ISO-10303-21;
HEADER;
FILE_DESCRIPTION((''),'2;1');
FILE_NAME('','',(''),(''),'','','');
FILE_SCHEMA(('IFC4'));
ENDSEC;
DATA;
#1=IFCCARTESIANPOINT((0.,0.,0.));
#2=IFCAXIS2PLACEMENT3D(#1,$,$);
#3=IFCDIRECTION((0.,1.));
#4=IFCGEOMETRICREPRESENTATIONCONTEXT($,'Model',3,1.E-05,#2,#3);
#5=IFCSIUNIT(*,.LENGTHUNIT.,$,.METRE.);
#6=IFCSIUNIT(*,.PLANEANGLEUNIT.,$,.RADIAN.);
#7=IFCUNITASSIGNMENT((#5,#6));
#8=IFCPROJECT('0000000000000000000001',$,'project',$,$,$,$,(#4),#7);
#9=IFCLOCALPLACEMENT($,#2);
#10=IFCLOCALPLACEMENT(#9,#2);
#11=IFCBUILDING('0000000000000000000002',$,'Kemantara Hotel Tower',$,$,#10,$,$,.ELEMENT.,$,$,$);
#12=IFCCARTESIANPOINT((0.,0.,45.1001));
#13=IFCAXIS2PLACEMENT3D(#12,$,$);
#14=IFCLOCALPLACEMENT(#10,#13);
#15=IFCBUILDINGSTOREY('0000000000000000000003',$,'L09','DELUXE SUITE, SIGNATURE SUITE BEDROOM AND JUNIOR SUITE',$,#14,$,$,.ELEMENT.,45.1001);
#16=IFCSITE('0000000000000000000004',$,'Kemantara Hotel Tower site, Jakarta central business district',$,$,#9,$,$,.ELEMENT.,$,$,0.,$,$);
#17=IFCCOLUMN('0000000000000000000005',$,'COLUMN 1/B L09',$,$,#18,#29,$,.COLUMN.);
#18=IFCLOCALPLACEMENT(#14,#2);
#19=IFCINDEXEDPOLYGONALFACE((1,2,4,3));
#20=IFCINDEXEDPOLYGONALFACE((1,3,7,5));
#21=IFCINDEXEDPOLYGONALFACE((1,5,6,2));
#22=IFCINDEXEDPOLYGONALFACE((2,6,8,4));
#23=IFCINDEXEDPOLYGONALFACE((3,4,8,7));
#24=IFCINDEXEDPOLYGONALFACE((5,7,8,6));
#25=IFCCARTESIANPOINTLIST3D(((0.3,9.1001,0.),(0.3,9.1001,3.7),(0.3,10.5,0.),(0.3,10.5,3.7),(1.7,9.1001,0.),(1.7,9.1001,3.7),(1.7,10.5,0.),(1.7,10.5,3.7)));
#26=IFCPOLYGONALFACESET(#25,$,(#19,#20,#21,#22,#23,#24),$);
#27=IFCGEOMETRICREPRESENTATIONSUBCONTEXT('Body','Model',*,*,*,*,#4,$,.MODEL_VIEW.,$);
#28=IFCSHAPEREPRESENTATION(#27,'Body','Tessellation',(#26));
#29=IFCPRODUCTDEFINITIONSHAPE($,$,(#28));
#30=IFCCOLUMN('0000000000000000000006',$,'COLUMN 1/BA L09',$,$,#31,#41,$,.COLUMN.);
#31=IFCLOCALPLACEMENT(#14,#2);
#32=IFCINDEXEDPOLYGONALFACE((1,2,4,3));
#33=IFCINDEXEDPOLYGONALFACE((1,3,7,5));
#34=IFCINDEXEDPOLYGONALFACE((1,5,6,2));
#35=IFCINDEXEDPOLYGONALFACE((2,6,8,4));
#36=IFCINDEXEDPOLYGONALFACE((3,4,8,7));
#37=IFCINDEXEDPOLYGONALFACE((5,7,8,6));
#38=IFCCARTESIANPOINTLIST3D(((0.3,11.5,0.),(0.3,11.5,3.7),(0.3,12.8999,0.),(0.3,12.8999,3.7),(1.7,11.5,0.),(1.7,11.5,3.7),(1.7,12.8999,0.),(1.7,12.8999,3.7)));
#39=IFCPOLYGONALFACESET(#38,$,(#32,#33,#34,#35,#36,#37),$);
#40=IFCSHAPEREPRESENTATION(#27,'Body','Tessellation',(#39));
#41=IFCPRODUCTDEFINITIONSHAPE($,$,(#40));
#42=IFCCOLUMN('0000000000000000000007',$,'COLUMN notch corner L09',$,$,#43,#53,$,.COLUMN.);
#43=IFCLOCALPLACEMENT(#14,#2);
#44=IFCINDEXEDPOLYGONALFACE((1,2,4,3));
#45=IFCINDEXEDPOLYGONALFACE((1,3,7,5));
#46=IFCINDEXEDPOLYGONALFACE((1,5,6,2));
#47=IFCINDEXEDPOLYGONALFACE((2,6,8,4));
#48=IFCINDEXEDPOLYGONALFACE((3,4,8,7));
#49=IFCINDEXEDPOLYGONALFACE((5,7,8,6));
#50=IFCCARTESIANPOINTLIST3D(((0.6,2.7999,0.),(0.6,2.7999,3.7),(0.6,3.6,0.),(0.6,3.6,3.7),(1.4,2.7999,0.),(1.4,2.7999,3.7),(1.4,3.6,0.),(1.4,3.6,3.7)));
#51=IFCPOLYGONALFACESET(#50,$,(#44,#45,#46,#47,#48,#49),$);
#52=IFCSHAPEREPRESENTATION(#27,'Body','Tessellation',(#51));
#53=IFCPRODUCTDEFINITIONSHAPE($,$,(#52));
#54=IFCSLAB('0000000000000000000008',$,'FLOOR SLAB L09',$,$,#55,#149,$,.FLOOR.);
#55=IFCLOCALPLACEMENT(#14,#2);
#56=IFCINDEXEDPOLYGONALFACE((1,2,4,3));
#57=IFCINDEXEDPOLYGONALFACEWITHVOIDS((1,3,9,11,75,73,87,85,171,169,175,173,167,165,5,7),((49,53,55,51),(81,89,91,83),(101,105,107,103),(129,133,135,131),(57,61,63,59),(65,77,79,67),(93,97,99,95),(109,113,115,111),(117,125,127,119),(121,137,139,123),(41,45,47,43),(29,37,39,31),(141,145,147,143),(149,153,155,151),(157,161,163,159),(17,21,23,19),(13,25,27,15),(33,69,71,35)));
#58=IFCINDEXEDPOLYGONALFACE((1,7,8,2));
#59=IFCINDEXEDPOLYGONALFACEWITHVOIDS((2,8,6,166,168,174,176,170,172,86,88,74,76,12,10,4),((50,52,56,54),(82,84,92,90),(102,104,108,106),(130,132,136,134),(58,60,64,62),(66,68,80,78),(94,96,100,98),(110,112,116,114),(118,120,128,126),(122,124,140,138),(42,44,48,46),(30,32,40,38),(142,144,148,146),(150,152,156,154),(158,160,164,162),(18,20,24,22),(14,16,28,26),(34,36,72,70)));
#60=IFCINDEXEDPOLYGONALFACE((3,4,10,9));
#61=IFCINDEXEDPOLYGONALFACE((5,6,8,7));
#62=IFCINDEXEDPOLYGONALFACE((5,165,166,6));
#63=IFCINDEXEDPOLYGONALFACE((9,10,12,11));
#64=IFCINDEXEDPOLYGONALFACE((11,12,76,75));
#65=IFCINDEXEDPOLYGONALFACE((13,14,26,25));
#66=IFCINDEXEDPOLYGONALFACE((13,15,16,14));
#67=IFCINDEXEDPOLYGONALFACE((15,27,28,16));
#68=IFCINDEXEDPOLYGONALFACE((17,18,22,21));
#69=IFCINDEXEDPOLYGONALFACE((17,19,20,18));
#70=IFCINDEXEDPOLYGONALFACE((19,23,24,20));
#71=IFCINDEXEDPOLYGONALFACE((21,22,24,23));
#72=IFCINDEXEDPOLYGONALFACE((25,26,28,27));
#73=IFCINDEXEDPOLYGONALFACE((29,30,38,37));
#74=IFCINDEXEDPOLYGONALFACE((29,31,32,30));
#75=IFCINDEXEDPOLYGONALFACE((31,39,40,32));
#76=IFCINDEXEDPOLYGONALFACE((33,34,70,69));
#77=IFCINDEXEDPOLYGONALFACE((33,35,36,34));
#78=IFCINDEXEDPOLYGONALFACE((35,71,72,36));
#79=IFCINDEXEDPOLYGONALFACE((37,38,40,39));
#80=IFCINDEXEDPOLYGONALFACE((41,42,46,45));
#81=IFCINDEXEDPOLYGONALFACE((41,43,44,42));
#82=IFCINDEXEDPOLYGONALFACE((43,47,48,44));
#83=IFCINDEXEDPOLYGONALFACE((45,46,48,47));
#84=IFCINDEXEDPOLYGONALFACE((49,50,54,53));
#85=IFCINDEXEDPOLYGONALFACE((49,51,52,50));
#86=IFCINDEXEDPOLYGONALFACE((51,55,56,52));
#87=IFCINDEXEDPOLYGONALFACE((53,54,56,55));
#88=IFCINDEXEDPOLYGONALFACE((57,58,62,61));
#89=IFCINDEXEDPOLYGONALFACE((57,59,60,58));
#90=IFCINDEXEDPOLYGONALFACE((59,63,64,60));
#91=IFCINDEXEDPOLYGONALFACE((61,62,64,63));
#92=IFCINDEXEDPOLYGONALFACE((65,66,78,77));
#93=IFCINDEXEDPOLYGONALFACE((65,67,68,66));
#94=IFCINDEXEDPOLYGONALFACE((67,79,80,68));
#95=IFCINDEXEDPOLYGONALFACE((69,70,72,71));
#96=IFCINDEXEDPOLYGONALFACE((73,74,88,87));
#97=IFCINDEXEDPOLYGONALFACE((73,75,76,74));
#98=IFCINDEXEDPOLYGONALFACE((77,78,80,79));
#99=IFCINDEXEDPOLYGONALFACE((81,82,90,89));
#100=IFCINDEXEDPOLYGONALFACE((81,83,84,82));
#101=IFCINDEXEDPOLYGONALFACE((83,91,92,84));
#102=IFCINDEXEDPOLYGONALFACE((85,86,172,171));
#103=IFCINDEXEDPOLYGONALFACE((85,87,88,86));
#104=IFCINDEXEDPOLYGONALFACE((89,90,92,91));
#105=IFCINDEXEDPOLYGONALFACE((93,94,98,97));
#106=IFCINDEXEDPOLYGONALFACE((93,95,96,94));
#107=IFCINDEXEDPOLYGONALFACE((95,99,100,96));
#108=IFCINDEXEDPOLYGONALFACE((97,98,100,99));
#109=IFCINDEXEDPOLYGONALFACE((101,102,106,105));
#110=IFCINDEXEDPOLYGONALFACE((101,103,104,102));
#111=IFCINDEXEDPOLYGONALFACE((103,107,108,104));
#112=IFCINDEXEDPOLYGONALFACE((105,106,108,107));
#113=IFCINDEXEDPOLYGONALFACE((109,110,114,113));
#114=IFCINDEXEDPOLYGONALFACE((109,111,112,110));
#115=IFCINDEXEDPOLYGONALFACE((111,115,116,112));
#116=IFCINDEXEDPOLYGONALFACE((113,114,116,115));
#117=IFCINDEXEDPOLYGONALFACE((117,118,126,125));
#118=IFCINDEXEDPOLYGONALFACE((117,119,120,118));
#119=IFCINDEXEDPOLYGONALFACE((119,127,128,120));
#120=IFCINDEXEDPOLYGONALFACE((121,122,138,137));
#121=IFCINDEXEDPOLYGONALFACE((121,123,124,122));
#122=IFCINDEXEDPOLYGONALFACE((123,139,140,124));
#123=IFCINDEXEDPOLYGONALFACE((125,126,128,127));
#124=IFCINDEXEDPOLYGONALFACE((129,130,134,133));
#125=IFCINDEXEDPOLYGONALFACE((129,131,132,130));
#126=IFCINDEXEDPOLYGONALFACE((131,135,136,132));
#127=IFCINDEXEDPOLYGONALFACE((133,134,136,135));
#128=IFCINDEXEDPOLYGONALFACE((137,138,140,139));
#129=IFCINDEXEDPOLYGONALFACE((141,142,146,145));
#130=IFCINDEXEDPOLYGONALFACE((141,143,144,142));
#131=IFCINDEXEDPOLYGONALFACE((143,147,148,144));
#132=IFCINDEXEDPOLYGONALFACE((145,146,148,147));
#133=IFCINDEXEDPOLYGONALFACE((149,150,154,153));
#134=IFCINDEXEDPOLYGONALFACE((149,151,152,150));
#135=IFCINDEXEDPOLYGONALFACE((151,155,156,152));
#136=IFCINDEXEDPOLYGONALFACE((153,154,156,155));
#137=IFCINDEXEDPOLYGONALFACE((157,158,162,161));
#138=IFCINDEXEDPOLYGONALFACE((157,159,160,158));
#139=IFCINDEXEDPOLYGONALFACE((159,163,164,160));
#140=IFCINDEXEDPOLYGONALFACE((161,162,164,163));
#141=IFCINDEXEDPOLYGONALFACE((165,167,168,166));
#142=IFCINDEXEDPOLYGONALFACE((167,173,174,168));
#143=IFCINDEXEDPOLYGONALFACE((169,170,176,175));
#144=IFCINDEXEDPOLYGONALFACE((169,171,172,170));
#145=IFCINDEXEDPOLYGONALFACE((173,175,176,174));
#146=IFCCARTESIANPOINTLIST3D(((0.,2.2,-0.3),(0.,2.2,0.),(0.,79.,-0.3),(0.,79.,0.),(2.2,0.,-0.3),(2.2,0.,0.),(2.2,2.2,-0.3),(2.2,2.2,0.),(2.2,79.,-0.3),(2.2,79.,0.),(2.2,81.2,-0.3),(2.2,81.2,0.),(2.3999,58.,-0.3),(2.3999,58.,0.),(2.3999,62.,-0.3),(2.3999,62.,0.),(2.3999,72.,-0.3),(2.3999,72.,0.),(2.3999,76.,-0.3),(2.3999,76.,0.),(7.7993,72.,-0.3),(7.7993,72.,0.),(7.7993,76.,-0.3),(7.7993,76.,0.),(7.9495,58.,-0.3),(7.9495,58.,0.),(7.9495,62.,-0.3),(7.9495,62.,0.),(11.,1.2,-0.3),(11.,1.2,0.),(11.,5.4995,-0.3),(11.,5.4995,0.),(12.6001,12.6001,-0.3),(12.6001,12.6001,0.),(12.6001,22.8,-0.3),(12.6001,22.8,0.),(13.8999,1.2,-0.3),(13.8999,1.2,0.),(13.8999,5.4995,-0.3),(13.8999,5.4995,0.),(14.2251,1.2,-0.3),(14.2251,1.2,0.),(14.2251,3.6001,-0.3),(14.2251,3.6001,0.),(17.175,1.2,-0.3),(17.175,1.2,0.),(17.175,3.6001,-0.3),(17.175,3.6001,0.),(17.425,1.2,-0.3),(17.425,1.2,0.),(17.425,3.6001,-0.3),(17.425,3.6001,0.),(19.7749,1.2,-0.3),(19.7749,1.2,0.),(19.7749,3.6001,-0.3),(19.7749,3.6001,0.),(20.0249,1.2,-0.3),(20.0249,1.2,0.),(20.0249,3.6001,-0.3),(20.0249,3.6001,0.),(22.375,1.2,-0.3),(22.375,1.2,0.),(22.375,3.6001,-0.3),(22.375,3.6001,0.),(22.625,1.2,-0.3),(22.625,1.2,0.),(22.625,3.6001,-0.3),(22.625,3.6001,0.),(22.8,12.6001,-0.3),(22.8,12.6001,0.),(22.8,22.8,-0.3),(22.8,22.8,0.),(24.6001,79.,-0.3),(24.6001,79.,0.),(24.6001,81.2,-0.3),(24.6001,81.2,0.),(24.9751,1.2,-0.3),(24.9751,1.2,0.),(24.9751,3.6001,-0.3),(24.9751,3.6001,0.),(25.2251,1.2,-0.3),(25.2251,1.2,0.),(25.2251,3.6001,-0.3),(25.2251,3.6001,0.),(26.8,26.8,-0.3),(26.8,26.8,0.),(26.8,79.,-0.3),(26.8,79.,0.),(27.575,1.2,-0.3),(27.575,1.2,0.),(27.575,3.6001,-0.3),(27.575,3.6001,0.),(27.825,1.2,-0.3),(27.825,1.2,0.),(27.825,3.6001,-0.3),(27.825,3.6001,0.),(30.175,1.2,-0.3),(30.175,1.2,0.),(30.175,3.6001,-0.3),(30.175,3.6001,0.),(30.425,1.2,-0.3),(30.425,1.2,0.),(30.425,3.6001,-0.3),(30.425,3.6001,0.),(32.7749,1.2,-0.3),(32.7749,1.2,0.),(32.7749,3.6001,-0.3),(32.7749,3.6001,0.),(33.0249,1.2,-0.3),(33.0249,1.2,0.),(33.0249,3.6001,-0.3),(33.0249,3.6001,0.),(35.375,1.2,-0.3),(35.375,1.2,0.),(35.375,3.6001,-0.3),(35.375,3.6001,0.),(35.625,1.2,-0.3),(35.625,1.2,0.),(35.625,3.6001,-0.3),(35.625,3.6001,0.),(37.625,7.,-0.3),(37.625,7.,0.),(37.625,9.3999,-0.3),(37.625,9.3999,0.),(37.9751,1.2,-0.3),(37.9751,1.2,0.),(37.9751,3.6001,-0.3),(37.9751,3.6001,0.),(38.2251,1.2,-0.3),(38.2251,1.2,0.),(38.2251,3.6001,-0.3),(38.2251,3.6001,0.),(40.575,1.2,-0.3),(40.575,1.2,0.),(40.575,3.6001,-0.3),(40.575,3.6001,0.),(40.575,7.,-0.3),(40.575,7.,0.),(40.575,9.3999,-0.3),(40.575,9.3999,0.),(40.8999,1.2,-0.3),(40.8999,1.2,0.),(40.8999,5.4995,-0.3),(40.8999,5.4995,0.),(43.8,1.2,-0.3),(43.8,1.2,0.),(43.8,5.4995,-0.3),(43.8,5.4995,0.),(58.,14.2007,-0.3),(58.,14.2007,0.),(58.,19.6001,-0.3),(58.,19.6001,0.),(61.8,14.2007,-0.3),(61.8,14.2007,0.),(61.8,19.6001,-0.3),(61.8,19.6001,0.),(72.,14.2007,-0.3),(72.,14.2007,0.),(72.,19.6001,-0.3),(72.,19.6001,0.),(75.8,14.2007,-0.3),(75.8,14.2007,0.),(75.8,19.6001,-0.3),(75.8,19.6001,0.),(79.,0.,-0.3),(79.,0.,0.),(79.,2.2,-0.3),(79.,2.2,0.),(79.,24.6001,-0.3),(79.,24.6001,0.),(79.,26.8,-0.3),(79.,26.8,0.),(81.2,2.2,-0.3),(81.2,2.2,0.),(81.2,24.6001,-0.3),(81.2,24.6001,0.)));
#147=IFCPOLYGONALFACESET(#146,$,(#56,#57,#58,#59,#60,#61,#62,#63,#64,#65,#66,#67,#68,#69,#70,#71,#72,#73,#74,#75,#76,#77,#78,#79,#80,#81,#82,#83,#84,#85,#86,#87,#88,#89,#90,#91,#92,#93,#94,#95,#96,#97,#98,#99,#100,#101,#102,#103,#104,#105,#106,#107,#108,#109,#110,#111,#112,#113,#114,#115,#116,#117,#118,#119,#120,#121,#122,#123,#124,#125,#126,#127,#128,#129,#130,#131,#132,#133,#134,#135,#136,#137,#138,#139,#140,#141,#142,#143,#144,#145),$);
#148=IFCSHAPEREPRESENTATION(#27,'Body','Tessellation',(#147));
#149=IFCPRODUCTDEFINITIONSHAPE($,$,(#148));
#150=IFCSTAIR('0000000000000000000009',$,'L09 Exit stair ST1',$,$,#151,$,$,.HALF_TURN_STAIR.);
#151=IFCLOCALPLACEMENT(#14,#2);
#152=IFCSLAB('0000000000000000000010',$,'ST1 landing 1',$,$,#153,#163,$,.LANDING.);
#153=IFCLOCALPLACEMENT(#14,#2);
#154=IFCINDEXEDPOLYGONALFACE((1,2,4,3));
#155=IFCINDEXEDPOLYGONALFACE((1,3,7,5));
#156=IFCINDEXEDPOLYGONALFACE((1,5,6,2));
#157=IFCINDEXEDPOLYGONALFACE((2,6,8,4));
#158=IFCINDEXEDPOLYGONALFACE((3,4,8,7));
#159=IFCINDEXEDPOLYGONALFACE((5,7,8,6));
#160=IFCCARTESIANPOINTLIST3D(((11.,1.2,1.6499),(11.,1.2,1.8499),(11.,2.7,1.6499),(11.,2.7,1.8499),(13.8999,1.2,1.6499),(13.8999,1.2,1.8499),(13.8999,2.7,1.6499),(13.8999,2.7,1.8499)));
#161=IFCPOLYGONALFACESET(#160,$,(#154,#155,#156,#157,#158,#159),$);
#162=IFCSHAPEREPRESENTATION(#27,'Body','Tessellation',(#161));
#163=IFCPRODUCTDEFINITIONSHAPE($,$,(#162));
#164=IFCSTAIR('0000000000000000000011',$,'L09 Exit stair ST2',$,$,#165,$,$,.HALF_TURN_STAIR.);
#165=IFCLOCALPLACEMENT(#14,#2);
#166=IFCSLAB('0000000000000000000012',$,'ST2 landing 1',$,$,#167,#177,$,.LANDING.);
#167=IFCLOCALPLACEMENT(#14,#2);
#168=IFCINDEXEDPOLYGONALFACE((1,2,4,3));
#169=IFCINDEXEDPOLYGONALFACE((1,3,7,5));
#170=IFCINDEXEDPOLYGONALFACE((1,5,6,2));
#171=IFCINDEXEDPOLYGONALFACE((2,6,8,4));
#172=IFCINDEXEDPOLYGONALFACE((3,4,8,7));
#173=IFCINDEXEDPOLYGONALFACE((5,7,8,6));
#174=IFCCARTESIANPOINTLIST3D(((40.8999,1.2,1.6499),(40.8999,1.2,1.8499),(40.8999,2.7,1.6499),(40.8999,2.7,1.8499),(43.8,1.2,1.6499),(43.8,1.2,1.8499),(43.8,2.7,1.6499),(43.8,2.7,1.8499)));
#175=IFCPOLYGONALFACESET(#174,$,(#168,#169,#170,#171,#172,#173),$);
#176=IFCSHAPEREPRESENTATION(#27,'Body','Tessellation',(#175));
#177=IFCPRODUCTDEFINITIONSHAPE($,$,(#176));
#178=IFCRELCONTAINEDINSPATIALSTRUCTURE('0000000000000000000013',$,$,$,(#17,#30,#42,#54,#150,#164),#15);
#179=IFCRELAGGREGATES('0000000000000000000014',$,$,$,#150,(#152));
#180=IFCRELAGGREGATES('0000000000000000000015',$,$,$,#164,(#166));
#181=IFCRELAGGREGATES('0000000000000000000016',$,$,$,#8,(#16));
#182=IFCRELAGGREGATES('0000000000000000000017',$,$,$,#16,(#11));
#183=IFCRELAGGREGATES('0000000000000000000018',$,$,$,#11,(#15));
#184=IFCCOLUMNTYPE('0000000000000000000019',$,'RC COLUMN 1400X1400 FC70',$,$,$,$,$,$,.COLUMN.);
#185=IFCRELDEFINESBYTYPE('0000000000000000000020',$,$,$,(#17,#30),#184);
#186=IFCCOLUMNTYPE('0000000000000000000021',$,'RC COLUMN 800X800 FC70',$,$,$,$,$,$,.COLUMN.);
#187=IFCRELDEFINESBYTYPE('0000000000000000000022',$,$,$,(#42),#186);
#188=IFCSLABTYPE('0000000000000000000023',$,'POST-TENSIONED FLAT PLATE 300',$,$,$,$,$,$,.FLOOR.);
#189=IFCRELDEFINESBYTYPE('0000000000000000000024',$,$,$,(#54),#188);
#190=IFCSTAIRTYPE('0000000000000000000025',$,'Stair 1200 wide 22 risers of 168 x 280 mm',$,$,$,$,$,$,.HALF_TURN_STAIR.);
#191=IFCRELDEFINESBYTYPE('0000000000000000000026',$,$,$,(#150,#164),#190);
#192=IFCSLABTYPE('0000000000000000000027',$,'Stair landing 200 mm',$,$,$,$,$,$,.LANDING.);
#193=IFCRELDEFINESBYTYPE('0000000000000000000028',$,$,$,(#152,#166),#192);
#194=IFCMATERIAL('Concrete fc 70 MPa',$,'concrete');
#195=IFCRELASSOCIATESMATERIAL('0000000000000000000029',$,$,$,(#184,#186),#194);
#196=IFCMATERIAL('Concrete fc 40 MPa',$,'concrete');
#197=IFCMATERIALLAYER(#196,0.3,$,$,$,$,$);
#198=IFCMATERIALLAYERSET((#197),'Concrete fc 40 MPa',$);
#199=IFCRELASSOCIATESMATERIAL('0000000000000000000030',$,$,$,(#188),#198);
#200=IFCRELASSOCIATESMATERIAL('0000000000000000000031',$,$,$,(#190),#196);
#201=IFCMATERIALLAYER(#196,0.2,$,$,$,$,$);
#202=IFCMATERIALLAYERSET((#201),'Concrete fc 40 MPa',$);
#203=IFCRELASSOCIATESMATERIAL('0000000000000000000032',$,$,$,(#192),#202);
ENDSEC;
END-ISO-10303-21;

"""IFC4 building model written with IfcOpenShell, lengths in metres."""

from ifc_helpers import new_model, si_unit, direction, frame, origin, origin_2d, place, context, subcontext, project, spatial, polyline, rectangle, outline, extrude, material, layer, layer_set, material_profile, profile_set, type_object, element, aggregate, save


model = new_model("IFC4")

# Units and contexts
model_context = context("Model", 3, precision=1e-05, world=origin(), true_north=direction((0.0, 1.0)))
body_context = subcontext(model_context, "Body", "Model", "MODEL_VIEW")
ifc_project = project(units=[si_unit("LENGTHUNIT", "METRE"), si_unit("PLANEANGLEUNIT", "RADIAN")], contexts=[model_context])

# Site, building, storey
site_placement = place(None, origin())
site = spatial("IfcSite", under=ifc_project, at=site_placement, Name="Kemantara Hotel Tower site, Jakarta central business district", CompositionType="ELEMENT", RefElevation=0.0)
building_placement = place(site_placement, origin())
building = spatial("IfcBuilding", under=site, at=building_placement, Name="Kemantara Hotel Tower", CompositionType="ELEMENT")
storey_placement = place(building_placement, frame((0.0, 0.0, 45.1001)))
storey = spatial("IfcBuildingStorey", under=building, at=storey_placement, Name="L09", Description="DELUXE SUITE, SIGNATURE SUITE BEDROOM AND JUNIOR SUITE", CompositionType="ELEMENT", Elevation=45.1001)

# Columns
ifc_material_1 = material(Name="Concrete fc 70 MPa", Category="concrete")
ifc_material_profile_1 = material_profile(ifc_material_1, rectangle(XDim=1.3999, YDim=1.3999, at=origin_2d()), Name="RC 1400X1400")
ifc_profile_set_1 = profile_set([ifc_material_profile_1], Name="Concrete fc 70 MPa")
column_type_1 = type_object("IfcColumnType", Name="RC COLUMN 1400X1400 FC70", PredefinedType="COLUMN", material=ifc_profile_set_1)
for number, where, z_axis, x_axis, name in (
    (1, (1.0, 9.8, 0.0), (0.0, 0.0, 1.0), (1.0, 0.0, 0.0), "COLUMN 1/B L09"),
    (2, (1.0, 12.2, 0.0), (0.0, 0.0, 1.0), (1.0, 0.0, 0.0), "COLUMN 1/BA L09"),
):
    element("IfcColumn", number, at=place(storey_placement, frame(where, z_axis=z_axis, x_axis=x_axis)), inside=storey, type_object=column_type_1, Name=name, PredefinedType="COLUMN", context=body_context, shape_type="SweptSolid", body=[
        extrude(rectangle(XDim=1.3999, YDim=1.3999, at=origin_2d()), origin(), (0.0, 0.0, 1.0), 3.7),
    ])
ifc_material_profile_2 = material_profile(ifc_material_1, rectangle(XDim=0.8, YDim=0.8, at=origin_2d()), Name="RC 800X800")
ifc_profile_set_2 = profile_set([ifc_material_profile_2], Name="Concrete fc 70 MPa")
column_type_2 = type_object("IfcColumnType", Name="RC COLUMN 800X800 FC70", PredefinedType="COLUMN", material=ifc_profile_set_2)
column_placement = place(storey_placement, frame((1.0, 3.2, 0.0), z_axis=(0.0, 0.0, 1.0), x_axis=(1.0, 0.0, 0.0)))
element("IfcColumn", 3, at=column_placement, inside=storey, type_object=column_type_2, Name="COLUMN notch corner L09", PredefinedType="COLUMN", context=body_context, shape_type="SweptSolid", body=[
    extrude(rectangle(XDim=0.8, YDim=0.8, at=origin_2d()), origin(), (0.0, 0.0, 1.0), 3.7),
])

# Slab
ifc_material_2 = material(Name="Concrete fc 40 MPa", Category="concrete")
ifc_layer_1 = layer(ifc_material_2, 0.3)
ifc_layer_set_1 = layer_set([ifc_layer_1], Name="Concrete fc 40 MPa")
slab_type_1 = type_object("IfcSlabType", Name="POST-TENSIONED FLAT PLATE 300", PredefinedType="FLOOR", material=ifc_layer_set_1)
slab_1_placement = place(storey_placement, frame((0.0, 0.0, -0.3)))
element("IfcSlab", 4, at=slab_1_placement, inside=storey, type_object=slab_type_1, Name="FLOOR SLAB L09", PredefinedType="FLOOR", context=body_context, shape_type="SweptSolid", body=[
    extrude(outline(polyline([(0.0, 2.2), (2.2, 2.2), (2.2, 0.0), (79.0, 0.0), (79.0, 2.2), (81.2, 2.2), (81.2, 24.6001), (79.0, 24.6001), (79.0, 26.8), (26.8, 26.8), (26.8, 79.0), (24.6001, 79.0), (24.6001, 81.2), (2.2, 81.2), (2.2, 79.0), (0.0, 79.0), (0.0, 2.2)]), holes=[polyline([(17.175, 1.2), (14.2251, 1.2), (14.2251, 3.6001), (17.175, 3.6001), (17.175, 1.2)]), polyline([(19.7749, 1.2), (17.425, 1.2), (17.425, 3.6001), (19.7749, 3.6001), (19.7749, 1.2)]), polyline([(22.375, 1.2), (20.0249, 1.2), (20.0249, 3.6001), (22.375, 3.6001), (22.375, 1.2)]), polyline([(24.9751, 1.2), (22.625, 1.2), (22.625, 3.6001), (24.9751, 3.6001), (24.9751, 1.2)]), polyline([(27.575, 1.2), (25.2251, 1.2), (25.2251, 3.6001), (27.575, 3.6001), (27.575, 1.2)]), polyline([(11.0, 1.2), (11.0, 5.4995), (13.8999, 5.4995), (13.8999, 1.2), (11.0, 1.2)]), polyline([(22.8, 12.6001), (12.6001, 12.6001), (12.6001, 22.8), (22.8, 22.8), (22.8, 12.6001)]), polyline([(7.9495, 62.0), (7.9495, 58.0), (2.3999, 58.0), (2.3999, 62.0), (7.9495, 62.0)]), polyline([(7.7993, 76.0), (7.7993, 72.0), (2.3999, 72.0), (2.3999, 76.0), (7.7993, 76.0)]), polyline([(30.175, 1.2), (27.825, 1.2), (27.825, 3.6001), (30.175, 3.6001), (30.175, 1.2)]), polyline([(32.7749, 1.2), (30.425, 1.2), (30.425, 3.6001), (32.7749, 3.6001), (32.7749, 1.2)]), polyline([(35.375, 1.2), (33.0249, 1.2), (33.0249, 3.6001), (35.375, 3.6001), (35.375, 1.2)]), polyline([(37.9751, 1.2), (35.625, 1.2), (35.625, 3.6001), (37.9751, 3.6001), (37.9751, 1.2)]), polyline([(40.575, 1.2), (38.2251, 1.2), (38.2251, 3.6001), (40.575, 3.6001), (40.575, 1.2)]), polyline([(40.8999, 1.2), (40.8999, 5.4995), (43.8, 5.4995), (43.8, 1.2), (40.8999, 1.2)]), polyline([(40.575, 7.0), (37.625, 7.0), (37.625, 9.3999), (40.575, 9.3999), (40.575, 7.0)]), polyline([(61.8, 14.2007), (58.0, 14.2007), (58.0, 19.6001), (61.8, 19.6001), (61.8, 14.2007)]), polyline([(75.8, 14.2007), (72.0, 14.2007), (72.0, 19.6001), (75.8, 19.6001), (75.8, 14.2007)])]), origin(), (0.0, 0.0, 1.0), 0.3),
])

# Stairs, slabs
stair_type_1 = type_object("IfcStairType", Name="Stair 1200 wide 22 risers of 168 x 280 mm", PredefinedType="HALF_TURN_STAIR", material=ifc_material_2)
stair_1_placement = place(storey_placement, origin())
stair_1 = element("IfcStair", 5, at=stair_1_placement, inside=storey, type_object=stair_type_1, Name="L09 Exit stair ST1", PredefinedType="HALF_TURN_STAIR")
ifc_layer_2 = layer(ifc_material_2, 0.2)
ifc_layer_set_2 = layer_set([ifc_layer_2], Name="Concrete fc 40 MPa")
slab_type_2 = type_object("IfcSlabType", Name="Stair landing 200 mm", PredefinedType="LANDING", material=ifc_layer_set_2)
slab_2_placement = place(storey_placement, frame((0.0, 0.0, 1.6499)))
slab_2 = element("IfcSlab", 6, at=slab_2_placement, type_object=slab_type_2, Name="ST1 landing 1", PredefinedType="LANDING", context=body_context, shape_type="SweptSolid", body=[
    extrude(outline(polyline([(11.0, 2.7), (11.0, 1.2), (13.8999, 1.2), (13.8999, 2.7), (11.0, 2.7)])), origin(), (0.0, 0.0, 1.0), 0.2),
])
aggregate(stair_1, [slab_2])
stair_2_placement = place(storey_placement, origin())
stair_2 = element("IfcStair", 7, at=stair_2_placement, inside=storey, type_object=stair_type_1, Name="L09 Exit stair ST2", PredefinedType="HALF_TURN_STAIR")
slab_3_placement = place(storey_placement, frame((0.0, 0.0, 1.6499)))
slab_3 = element("IfcSlab", 8, at=slab_3_placement, type_object=slab_type_2, Name="ST2 landing 1", PredefinedType="LANDING", context=body_context, shape_type="SweptSolid", body=[
    extrude(outline(polyline([(40.8999, 2.7), (40.8999, 1.2), (43.8, 1.2), (43.8, 2.7), (40.8999, 2.7)])), origin(), (0.0, 0.0, 1.0), 0.2),
])
aggregate(stair_2, [slab_3])

save(model, "model.ifc")
